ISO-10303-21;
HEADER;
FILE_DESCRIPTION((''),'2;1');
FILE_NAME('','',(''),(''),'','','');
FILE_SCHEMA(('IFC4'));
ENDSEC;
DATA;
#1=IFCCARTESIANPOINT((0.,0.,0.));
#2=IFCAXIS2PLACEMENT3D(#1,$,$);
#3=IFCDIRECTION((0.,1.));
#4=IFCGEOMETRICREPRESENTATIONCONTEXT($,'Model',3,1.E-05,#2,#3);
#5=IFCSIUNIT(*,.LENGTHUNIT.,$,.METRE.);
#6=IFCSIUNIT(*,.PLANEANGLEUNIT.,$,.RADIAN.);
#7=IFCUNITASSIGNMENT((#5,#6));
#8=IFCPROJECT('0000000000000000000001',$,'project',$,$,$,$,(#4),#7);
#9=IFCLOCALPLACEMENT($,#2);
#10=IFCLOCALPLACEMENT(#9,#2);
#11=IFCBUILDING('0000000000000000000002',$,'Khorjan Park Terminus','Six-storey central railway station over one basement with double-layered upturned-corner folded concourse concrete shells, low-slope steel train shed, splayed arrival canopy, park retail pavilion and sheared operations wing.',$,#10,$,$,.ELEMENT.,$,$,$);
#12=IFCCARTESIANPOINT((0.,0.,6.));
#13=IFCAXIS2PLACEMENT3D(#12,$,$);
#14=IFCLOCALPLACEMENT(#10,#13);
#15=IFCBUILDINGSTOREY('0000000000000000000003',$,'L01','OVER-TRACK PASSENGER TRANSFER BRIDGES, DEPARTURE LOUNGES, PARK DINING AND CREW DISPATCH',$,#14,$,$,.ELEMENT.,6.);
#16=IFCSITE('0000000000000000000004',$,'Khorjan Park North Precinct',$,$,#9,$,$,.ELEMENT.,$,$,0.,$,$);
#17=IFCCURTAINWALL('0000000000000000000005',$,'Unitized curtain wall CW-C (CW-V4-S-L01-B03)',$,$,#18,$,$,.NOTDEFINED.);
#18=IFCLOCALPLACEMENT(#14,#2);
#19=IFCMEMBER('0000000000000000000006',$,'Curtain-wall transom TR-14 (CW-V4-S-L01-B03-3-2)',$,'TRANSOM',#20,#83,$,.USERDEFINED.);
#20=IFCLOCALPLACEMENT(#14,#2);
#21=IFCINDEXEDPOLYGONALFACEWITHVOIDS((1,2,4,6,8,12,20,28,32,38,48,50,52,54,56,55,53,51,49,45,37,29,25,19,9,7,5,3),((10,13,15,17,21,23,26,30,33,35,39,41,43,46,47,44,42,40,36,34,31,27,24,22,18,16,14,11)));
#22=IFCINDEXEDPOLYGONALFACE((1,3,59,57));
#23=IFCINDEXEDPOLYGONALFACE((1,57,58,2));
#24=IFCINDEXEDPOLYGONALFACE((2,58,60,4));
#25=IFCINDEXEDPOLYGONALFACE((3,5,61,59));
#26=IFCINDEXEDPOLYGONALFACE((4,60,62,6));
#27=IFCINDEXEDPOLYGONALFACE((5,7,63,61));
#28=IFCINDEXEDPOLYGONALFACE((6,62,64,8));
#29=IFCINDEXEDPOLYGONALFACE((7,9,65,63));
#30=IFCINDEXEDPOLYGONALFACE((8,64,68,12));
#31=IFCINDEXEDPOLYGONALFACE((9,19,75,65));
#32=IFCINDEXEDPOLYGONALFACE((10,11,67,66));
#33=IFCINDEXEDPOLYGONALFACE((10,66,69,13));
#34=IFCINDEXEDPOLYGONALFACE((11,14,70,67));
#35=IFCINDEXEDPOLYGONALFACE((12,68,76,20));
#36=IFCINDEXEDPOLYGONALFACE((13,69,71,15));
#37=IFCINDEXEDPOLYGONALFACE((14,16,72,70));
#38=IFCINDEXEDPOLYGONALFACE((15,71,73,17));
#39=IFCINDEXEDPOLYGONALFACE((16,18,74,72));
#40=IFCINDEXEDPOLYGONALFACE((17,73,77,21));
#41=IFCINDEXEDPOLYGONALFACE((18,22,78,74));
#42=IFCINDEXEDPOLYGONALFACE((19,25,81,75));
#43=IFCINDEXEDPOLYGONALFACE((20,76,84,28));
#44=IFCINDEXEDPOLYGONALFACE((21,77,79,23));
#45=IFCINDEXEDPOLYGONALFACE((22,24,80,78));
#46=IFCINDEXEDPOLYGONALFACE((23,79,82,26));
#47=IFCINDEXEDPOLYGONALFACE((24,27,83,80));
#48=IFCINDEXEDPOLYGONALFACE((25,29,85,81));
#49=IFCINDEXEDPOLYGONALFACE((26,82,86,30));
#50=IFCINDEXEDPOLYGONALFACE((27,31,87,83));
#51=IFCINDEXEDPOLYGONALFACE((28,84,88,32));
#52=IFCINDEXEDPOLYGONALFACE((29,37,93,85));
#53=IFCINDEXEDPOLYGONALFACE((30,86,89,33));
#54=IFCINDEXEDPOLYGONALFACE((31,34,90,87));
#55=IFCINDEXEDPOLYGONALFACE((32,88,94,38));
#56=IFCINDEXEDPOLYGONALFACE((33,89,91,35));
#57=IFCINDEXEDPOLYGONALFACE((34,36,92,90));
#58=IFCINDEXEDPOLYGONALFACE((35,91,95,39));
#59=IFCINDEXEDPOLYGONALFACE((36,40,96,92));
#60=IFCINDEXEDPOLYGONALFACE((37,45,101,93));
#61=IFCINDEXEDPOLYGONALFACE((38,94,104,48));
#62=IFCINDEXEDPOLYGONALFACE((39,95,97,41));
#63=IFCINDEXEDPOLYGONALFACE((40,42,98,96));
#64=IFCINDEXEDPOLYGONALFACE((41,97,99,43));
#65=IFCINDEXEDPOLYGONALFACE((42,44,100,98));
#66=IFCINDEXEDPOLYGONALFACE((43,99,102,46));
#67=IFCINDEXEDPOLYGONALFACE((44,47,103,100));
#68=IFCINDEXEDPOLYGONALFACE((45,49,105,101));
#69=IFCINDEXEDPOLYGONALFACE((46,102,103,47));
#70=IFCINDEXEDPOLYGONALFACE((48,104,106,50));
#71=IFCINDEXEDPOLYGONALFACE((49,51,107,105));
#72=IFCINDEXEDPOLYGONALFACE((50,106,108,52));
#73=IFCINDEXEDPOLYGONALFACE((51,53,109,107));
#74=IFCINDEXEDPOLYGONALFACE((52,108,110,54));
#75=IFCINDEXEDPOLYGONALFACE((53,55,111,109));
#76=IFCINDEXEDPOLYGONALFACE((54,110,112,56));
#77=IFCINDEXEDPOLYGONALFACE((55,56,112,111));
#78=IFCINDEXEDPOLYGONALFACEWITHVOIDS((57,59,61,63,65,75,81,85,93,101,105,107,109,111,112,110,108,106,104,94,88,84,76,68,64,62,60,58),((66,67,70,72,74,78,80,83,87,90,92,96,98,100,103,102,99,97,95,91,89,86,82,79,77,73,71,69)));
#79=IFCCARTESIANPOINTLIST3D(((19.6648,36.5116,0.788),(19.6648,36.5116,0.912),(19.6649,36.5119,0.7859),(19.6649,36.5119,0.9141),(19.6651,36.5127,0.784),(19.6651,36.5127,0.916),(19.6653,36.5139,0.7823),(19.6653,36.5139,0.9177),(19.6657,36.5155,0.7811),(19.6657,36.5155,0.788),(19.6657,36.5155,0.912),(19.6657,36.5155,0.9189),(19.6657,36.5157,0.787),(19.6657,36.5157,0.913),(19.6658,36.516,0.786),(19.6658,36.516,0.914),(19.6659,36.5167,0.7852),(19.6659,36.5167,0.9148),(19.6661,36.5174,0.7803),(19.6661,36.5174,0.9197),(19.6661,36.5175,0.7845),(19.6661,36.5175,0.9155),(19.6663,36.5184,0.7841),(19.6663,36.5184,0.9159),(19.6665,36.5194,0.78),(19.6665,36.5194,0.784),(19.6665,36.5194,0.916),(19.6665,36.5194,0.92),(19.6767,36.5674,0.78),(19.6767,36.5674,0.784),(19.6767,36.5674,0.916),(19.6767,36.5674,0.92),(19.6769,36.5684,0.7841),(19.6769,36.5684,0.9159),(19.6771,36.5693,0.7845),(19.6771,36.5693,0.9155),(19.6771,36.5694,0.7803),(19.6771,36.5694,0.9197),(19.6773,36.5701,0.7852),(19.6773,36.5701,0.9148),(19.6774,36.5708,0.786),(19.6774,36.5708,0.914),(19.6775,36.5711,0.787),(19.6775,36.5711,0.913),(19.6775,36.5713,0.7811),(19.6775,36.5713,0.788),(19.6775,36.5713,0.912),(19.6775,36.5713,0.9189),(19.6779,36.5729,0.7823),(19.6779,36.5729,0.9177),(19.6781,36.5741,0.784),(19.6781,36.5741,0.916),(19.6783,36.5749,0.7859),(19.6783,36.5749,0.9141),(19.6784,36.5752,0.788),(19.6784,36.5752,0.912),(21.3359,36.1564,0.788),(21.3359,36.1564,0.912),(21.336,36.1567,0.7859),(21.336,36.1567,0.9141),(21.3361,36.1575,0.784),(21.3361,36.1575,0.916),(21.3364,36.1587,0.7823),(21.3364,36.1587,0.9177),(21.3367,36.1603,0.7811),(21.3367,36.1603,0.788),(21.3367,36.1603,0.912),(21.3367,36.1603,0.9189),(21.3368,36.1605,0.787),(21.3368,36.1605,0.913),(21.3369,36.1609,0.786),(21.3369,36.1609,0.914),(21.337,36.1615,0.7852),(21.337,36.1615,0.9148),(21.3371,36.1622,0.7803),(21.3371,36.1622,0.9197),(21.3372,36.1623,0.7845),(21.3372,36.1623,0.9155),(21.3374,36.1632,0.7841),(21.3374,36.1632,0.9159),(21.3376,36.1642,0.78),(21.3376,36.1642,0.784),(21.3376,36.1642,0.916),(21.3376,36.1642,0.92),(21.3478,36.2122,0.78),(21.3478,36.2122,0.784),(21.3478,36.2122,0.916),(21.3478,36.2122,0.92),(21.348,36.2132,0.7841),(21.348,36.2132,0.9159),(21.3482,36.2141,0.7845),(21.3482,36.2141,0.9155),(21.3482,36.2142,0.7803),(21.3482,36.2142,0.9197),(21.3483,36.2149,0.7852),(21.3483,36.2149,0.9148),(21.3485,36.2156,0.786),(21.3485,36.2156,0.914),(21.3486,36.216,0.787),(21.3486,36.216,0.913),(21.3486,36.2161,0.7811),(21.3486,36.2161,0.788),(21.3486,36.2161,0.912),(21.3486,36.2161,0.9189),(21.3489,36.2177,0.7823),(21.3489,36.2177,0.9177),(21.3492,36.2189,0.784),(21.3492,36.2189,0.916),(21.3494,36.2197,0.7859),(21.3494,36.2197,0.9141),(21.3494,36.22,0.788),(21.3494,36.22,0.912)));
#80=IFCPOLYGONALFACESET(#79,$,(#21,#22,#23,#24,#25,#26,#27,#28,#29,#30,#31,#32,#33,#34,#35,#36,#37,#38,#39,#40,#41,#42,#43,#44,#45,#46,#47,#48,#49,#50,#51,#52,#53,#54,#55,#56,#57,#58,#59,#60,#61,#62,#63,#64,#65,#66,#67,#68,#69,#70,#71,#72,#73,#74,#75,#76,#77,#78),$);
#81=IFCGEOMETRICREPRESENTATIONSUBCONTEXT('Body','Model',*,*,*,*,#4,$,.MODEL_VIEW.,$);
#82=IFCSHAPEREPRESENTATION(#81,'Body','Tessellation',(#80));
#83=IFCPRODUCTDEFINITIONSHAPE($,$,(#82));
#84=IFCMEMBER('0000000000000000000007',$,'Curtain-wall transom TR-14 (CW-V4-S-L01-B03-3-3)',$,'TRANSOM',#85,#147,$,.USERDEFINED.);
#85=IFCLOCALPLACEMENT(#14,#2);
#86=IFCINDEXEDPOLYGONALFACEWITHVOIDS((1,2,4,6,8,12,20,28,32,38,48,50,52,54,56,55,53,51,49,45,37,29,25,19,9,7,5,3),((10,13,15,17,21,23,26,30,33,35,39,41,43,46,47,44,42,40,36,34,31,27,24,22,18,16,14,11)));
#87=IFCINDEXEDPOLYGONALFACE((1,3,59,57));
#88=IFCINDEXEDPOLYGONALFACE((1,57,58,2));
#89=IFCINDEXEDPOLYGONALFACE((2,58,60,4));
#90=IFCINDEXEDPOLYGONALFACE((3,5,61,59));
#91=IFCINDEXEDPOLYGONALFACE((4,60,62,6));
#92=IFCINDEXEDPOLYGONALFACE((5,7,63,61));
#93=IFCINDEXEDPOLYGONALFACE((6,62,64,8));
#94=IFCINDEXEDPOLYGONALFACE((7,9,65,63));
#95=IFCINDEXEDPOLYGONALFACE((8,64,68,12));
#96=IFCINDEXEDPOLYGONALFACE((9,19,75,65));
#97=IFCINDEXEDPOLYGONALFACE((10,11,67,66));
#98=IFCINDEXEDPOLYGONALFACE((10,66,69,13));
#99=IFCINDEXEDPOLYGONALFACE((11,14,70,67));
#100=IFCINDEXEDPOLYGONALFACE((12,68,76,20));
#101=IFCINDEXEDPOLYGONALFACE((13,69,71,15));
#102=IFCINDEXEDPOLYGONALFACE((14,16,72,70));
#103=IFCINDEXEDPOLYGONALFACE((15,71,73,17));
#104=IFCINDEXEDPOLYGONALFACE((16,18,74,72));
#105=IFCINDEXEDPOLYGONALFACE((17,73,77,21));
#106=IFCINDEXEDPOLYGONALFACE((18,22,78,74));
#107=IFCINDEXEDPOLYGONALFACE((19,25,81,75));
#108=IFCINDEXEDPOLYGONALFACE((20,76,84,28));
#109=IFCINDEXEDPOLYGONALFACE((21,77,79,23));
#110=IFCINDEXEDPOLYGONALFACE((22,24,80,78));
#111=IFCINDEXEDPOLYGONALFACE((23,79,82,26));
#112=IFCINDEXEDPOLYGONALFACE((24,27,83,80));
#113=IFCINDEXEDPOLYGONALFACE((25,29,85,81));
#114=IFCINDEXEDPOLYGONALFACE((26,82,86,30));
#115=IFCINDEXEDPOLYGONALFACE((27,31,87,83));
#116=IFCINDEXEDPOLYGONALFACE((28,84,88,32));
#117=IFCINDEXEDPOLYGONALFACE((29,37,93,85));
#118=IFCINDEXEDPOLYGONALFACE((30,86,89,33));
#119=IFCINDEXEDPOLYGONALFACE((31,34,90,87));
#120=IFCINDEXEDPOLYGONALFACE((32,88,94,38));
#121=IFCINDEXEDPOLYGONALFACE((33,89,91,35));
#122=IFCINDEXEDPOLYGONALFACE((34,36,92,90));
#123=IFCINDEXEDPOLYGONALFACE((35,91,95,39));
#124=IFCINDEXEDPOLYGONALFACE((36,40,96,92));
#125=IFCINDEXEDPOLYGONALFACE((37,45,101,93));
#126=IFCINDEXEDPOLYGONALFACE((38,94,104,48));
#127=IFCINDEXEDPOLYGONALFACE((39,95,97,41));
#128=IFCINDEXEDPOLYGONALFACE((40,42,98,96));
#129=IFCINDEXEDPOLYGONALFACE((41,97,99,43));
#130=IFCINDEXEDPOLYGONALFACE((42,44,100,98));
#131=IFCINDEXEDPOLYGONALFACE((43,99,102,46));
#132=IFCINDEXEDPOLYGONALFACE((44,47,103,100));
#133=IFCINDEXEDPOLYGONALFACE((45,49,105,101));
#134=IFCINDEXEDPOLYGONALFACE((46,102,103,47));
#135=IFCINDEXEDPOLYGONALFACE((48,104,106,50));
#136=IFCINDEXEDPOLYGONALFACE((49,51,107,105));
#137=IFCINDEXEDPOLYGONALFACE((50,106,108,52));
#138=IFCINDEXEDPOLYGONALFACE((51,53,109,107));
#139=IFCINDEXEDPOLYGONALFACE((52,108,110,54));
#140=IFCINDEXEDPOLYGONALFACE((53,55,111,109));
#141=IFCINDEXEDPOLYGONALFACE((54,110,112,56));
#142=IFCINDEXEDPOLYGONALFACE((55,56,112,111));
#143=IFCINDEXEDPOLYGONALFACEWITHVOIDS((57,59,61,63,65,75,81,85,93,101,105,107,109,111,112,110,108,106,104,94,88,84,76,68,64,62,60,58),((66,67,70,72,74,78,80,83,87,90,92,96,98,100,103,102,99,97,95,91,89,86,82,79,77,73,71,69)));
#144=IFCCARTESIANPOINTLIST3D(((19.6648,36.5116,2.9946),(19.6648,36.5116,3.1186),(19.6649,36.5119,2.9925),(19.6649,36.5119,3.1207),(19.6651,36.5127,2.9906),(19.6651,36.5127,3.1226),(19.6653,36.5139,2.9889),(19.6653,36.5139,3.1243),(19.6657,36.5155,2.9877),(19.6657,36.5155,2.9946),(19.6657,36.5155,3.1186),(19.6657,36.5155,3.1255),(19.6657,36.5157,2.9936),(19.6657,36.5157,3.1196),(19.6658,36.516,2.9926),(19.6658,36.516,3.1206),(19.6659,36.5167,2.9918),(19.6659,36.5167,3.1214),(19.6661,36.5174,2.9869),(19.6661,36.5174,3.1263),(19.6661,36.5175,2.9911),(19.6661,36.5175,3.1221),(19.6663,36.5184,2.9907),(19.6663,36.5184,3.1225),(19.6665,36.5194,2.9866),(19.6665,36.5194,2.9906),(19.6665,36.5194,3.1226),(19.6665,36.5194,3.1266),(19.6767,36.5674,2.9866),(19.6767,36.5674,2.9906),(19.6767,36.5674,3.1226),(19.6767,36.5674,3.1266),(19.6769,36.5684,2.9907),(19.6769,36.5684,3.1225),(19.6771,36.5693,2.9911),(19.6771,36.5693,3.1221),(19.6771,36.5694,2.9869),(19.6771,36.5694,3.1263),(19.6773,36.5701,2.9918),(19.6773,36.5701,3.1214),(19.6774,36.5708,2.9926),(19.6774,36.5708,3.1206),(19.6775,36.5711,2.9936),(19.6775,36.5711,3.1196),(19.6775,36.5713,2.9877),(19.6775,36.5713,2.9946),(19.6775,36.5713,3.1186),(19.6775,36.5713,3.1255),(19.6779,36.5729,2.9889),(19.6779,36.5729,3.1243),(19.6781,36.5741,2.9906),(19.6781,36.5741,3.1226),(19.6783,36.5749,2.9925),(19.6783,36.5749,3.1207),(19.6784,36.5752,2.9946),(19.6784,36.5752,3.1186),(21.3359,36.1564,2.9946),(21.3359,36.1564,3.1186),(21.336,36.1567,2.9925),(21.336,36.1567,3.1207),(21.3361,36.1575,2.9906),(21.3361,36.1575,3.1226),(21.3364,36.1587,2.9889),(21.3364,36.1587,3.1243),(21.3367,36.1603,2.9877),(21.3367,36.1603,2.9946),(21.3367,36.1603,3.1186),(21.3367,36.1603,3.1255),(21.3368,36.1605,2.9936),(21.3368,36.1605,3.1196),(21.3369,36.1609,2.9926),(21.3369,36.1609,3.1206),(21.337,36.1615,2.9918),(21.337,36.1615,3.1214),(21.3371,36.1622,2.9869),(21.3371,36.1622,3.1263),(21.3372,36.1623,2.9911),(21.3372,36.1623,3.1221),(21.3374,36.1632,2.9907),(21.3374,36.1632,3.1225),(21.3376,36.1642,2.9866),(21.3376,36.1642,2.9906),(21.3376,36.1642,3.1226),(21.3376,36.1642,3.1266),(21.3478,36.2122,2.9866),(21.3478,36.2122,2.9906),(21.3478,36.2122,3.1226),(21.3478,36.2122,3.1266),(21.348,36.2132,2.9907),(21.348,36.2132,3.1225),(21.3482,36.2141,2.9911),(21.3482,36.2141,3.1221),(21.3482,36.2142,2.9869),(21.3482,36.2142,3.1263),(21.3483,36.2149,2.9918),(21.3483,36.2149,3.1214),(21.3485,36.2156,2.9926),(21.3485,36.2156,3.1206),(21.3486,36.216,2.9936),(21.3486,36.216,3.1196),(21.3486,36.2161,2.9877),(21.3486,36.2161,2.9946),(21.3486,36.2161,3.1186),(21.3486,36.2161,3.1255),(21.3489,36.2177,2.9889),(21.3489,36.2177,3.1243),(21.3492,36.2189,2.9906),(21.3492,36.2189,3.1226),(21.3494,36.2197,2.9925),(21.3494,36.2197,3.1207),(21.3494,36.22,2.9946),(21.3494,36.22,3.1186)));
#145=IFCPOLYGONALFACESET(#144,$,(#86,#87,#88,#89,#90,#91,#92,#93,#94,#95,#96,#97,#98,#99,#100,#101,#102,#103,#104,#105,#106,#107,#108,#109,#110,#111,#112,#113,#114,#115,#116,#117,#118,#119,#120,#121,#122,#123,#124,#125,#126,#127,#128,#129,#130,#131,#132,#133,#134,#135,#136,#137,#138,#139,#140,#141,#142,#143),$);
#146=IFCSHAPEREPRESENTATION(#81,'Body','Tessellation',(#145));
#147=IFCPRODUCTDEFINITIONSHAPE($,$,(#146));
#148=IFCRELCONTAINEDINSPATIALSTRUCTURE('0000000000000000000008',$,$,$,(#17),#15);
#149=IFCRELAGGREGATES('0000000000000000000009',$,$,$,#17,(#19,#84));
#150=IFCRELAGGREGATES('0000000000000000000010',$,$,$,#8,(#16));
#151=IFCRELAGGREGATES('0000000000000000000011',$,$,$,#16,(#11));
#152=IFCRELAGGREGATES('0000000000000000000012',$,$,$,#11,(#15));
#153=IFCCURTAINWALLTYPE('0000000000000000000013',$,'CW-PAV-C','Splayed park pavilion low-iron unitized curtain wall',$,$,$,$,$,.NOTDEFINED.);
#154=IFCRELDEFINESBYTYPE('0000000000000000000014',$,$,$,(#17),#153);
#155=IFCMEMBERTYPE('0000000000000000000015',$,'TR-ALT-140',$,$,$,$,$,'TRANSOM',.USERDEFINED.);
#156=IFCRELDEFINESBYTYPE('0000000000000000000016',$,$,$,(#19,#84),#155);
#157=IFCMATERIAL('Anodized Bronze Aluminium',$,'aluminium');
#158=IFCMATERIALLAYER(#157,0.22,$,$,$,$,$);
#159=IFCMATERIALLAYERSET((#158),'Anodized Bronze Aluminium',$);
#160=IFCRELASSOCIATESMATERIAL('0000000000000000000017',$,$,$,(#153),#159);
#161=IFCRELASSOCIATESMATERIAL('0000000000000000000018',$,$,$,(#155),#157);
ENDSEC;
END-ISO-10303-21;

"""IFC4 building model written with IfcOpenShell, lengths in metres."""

from ifc_helpers import new_model, si_unit, direction, frame, origin, origin_2d, place, context, subcontext, project, spatial, hollow_rectangle, extrude, material, layer, layer_set, material_profile, profile_set, type_object, element, aggregate, save


model = new_model("IFC4")

# Units and contexts
model_context = context("Model", 3, precision=1e-05, world=origin(), true_north=direction((0.0, 1.0)))
body_context = subcontext(model_context, "Body", "Model", "MODEL_VIEW")
ifc_project = project(units=[si_unit("LENGTHUNIT", "METRE"), si_unit("PLANEANGLEUNIT", "RADIAN")], contexts=[model_context])

# Site, building, storey
site_placement = place(None, origin())
site = spatial("IfcSite", under=ifc_project, at=site_placement, Name="Khorjan Park North Precinct", CompositionType="ELEMENT", RefElevation=0.0)
building_placement = place(site_placement, origin())
building = spatial("IfcBuilding", under=site, at=building_placement, Name="Khorjan Park Terminus", Description="Six-storey central railway station over one basement with double-layered upturned-corner folded concourse concrete shells, low-slope steel train shed, splayed arrival canopy, park retail pavilion and sheared operations wing.", CompositionType="ELEMENT")
storey_placement = place(building_placement, frame((0.0, 0.0, 6.0)))
storey = spatial("IfcBuildingStorey", under=building, at=storey_placement, Name="L01", Description="OVER-TRACK PASSENGER TRANSFER BRIDGES, DEPARTURE LOUNGES, PARK DINING AND CREW DISPATCH", CompositionType="ELEMENT", Elevation=6.0)

# Curtain wall, members
ifc_material_1 = material(Name="Anodized Bronze Aluminium", Category="aluminium")
ifc_layer_1 = layer(ifc_material_1, 0.22)
ifc_layer_set_1 = layer_set([ifc_layer_1], Name="Anodized Bronze Aluminium")
curtain_wall_type = type_object("IfcCurtainWallType", Name="CW-PAV-C", Description="Splayed park pavilion low-iron unitized curtain wall", PredefinedType="NOTDEFINED", material=ifc_layer_set_1)
curtain_wall_1_placement = place(storey_placement, origin())
curtain_wall_1 = element("IfcCurtainWall", 1, at=curtain_wall_1_placement, inside=storey, type_object=curtain_wall_type, Name="Unitized curtain wall CW-C (CW-V4-S-L01-B03)", PredefinedType="NOTDEFINED")
ifc_material_profile_1 = material_profile(ifc_material_1, hollow_rectangle(XDim=0.065, YDim=0.14, WallThickness=0.004, InnerFilletRadius=0.004, OuterFilletRadius=0.008, at=origin_2d()), Name="ALT 65x140x4")
ifc_profile_set_1 = profile_set([ifc_material_profile_1], Name="Anodized Bronze Aluminium")
member_type_1 = type_object("IfcMemberType", Name="TR-ALT-140", ElementType="TRANSOM", PredefinedType="USERDEFINED", material=ifc_profile_set_1)
member_1_placement = place(storey_placement, frame((19.6716, 36.5434, 0.85), z_axis=(0.978148, -0.20791, 0.0), x_axis=(0.20791, 0.978148, 0.0)))
member_1 = element("IfcMember", 2, at=member_1_placement, type_object=member_type_1, Name="Curtain-wall transom TR-14 (CW-V4-S-L01-B03-3-2)", ObjectType="TRANSOM", PredefinedType="USERDEFINED", context=body_context, shape_type="SweptSolid", body=[
    extrude(hollow_rectangle(XDim=0.065, YDim=0.14, WallThickness=0.004, InnerFilletRadius=0.004, OuterFilletRadius=0.008, at=origin_2d()), origin(), (0.0, 0.0, 1.0), 1.7084),
])
member_2_placement = place(storey_placement, frame((19.6716, 36.5434, 3.0566), z_axis=(0.978148, -0.20791, 0.0), x_axis=(0.20791, 0.978148, 0.0)))
member_2 = element("IfcMember", 3, at=member_2_placement, type_object=member_type_1, Name="Curtain-wall transom TR-14 (CW-V4-S-L01-B03-3-3)", ObjectType="TRANSOM", PredefinedType="USERDEFINED", context=body_context, shape_type="SweptSolid", body=[
    extrude(hollow_rectangle(XDim=0.065, YDim=0.14, WallThickness=0.004, InnerFilletRadius=0.004, OuterFilletRadius=0.008, at=origin_2d()), origin(), (0.0, 0.0, 1.0), 1.7084),
])

aggregate(curtain_wall_1, [member_1, member_2])

save(model, "model.ifc")
